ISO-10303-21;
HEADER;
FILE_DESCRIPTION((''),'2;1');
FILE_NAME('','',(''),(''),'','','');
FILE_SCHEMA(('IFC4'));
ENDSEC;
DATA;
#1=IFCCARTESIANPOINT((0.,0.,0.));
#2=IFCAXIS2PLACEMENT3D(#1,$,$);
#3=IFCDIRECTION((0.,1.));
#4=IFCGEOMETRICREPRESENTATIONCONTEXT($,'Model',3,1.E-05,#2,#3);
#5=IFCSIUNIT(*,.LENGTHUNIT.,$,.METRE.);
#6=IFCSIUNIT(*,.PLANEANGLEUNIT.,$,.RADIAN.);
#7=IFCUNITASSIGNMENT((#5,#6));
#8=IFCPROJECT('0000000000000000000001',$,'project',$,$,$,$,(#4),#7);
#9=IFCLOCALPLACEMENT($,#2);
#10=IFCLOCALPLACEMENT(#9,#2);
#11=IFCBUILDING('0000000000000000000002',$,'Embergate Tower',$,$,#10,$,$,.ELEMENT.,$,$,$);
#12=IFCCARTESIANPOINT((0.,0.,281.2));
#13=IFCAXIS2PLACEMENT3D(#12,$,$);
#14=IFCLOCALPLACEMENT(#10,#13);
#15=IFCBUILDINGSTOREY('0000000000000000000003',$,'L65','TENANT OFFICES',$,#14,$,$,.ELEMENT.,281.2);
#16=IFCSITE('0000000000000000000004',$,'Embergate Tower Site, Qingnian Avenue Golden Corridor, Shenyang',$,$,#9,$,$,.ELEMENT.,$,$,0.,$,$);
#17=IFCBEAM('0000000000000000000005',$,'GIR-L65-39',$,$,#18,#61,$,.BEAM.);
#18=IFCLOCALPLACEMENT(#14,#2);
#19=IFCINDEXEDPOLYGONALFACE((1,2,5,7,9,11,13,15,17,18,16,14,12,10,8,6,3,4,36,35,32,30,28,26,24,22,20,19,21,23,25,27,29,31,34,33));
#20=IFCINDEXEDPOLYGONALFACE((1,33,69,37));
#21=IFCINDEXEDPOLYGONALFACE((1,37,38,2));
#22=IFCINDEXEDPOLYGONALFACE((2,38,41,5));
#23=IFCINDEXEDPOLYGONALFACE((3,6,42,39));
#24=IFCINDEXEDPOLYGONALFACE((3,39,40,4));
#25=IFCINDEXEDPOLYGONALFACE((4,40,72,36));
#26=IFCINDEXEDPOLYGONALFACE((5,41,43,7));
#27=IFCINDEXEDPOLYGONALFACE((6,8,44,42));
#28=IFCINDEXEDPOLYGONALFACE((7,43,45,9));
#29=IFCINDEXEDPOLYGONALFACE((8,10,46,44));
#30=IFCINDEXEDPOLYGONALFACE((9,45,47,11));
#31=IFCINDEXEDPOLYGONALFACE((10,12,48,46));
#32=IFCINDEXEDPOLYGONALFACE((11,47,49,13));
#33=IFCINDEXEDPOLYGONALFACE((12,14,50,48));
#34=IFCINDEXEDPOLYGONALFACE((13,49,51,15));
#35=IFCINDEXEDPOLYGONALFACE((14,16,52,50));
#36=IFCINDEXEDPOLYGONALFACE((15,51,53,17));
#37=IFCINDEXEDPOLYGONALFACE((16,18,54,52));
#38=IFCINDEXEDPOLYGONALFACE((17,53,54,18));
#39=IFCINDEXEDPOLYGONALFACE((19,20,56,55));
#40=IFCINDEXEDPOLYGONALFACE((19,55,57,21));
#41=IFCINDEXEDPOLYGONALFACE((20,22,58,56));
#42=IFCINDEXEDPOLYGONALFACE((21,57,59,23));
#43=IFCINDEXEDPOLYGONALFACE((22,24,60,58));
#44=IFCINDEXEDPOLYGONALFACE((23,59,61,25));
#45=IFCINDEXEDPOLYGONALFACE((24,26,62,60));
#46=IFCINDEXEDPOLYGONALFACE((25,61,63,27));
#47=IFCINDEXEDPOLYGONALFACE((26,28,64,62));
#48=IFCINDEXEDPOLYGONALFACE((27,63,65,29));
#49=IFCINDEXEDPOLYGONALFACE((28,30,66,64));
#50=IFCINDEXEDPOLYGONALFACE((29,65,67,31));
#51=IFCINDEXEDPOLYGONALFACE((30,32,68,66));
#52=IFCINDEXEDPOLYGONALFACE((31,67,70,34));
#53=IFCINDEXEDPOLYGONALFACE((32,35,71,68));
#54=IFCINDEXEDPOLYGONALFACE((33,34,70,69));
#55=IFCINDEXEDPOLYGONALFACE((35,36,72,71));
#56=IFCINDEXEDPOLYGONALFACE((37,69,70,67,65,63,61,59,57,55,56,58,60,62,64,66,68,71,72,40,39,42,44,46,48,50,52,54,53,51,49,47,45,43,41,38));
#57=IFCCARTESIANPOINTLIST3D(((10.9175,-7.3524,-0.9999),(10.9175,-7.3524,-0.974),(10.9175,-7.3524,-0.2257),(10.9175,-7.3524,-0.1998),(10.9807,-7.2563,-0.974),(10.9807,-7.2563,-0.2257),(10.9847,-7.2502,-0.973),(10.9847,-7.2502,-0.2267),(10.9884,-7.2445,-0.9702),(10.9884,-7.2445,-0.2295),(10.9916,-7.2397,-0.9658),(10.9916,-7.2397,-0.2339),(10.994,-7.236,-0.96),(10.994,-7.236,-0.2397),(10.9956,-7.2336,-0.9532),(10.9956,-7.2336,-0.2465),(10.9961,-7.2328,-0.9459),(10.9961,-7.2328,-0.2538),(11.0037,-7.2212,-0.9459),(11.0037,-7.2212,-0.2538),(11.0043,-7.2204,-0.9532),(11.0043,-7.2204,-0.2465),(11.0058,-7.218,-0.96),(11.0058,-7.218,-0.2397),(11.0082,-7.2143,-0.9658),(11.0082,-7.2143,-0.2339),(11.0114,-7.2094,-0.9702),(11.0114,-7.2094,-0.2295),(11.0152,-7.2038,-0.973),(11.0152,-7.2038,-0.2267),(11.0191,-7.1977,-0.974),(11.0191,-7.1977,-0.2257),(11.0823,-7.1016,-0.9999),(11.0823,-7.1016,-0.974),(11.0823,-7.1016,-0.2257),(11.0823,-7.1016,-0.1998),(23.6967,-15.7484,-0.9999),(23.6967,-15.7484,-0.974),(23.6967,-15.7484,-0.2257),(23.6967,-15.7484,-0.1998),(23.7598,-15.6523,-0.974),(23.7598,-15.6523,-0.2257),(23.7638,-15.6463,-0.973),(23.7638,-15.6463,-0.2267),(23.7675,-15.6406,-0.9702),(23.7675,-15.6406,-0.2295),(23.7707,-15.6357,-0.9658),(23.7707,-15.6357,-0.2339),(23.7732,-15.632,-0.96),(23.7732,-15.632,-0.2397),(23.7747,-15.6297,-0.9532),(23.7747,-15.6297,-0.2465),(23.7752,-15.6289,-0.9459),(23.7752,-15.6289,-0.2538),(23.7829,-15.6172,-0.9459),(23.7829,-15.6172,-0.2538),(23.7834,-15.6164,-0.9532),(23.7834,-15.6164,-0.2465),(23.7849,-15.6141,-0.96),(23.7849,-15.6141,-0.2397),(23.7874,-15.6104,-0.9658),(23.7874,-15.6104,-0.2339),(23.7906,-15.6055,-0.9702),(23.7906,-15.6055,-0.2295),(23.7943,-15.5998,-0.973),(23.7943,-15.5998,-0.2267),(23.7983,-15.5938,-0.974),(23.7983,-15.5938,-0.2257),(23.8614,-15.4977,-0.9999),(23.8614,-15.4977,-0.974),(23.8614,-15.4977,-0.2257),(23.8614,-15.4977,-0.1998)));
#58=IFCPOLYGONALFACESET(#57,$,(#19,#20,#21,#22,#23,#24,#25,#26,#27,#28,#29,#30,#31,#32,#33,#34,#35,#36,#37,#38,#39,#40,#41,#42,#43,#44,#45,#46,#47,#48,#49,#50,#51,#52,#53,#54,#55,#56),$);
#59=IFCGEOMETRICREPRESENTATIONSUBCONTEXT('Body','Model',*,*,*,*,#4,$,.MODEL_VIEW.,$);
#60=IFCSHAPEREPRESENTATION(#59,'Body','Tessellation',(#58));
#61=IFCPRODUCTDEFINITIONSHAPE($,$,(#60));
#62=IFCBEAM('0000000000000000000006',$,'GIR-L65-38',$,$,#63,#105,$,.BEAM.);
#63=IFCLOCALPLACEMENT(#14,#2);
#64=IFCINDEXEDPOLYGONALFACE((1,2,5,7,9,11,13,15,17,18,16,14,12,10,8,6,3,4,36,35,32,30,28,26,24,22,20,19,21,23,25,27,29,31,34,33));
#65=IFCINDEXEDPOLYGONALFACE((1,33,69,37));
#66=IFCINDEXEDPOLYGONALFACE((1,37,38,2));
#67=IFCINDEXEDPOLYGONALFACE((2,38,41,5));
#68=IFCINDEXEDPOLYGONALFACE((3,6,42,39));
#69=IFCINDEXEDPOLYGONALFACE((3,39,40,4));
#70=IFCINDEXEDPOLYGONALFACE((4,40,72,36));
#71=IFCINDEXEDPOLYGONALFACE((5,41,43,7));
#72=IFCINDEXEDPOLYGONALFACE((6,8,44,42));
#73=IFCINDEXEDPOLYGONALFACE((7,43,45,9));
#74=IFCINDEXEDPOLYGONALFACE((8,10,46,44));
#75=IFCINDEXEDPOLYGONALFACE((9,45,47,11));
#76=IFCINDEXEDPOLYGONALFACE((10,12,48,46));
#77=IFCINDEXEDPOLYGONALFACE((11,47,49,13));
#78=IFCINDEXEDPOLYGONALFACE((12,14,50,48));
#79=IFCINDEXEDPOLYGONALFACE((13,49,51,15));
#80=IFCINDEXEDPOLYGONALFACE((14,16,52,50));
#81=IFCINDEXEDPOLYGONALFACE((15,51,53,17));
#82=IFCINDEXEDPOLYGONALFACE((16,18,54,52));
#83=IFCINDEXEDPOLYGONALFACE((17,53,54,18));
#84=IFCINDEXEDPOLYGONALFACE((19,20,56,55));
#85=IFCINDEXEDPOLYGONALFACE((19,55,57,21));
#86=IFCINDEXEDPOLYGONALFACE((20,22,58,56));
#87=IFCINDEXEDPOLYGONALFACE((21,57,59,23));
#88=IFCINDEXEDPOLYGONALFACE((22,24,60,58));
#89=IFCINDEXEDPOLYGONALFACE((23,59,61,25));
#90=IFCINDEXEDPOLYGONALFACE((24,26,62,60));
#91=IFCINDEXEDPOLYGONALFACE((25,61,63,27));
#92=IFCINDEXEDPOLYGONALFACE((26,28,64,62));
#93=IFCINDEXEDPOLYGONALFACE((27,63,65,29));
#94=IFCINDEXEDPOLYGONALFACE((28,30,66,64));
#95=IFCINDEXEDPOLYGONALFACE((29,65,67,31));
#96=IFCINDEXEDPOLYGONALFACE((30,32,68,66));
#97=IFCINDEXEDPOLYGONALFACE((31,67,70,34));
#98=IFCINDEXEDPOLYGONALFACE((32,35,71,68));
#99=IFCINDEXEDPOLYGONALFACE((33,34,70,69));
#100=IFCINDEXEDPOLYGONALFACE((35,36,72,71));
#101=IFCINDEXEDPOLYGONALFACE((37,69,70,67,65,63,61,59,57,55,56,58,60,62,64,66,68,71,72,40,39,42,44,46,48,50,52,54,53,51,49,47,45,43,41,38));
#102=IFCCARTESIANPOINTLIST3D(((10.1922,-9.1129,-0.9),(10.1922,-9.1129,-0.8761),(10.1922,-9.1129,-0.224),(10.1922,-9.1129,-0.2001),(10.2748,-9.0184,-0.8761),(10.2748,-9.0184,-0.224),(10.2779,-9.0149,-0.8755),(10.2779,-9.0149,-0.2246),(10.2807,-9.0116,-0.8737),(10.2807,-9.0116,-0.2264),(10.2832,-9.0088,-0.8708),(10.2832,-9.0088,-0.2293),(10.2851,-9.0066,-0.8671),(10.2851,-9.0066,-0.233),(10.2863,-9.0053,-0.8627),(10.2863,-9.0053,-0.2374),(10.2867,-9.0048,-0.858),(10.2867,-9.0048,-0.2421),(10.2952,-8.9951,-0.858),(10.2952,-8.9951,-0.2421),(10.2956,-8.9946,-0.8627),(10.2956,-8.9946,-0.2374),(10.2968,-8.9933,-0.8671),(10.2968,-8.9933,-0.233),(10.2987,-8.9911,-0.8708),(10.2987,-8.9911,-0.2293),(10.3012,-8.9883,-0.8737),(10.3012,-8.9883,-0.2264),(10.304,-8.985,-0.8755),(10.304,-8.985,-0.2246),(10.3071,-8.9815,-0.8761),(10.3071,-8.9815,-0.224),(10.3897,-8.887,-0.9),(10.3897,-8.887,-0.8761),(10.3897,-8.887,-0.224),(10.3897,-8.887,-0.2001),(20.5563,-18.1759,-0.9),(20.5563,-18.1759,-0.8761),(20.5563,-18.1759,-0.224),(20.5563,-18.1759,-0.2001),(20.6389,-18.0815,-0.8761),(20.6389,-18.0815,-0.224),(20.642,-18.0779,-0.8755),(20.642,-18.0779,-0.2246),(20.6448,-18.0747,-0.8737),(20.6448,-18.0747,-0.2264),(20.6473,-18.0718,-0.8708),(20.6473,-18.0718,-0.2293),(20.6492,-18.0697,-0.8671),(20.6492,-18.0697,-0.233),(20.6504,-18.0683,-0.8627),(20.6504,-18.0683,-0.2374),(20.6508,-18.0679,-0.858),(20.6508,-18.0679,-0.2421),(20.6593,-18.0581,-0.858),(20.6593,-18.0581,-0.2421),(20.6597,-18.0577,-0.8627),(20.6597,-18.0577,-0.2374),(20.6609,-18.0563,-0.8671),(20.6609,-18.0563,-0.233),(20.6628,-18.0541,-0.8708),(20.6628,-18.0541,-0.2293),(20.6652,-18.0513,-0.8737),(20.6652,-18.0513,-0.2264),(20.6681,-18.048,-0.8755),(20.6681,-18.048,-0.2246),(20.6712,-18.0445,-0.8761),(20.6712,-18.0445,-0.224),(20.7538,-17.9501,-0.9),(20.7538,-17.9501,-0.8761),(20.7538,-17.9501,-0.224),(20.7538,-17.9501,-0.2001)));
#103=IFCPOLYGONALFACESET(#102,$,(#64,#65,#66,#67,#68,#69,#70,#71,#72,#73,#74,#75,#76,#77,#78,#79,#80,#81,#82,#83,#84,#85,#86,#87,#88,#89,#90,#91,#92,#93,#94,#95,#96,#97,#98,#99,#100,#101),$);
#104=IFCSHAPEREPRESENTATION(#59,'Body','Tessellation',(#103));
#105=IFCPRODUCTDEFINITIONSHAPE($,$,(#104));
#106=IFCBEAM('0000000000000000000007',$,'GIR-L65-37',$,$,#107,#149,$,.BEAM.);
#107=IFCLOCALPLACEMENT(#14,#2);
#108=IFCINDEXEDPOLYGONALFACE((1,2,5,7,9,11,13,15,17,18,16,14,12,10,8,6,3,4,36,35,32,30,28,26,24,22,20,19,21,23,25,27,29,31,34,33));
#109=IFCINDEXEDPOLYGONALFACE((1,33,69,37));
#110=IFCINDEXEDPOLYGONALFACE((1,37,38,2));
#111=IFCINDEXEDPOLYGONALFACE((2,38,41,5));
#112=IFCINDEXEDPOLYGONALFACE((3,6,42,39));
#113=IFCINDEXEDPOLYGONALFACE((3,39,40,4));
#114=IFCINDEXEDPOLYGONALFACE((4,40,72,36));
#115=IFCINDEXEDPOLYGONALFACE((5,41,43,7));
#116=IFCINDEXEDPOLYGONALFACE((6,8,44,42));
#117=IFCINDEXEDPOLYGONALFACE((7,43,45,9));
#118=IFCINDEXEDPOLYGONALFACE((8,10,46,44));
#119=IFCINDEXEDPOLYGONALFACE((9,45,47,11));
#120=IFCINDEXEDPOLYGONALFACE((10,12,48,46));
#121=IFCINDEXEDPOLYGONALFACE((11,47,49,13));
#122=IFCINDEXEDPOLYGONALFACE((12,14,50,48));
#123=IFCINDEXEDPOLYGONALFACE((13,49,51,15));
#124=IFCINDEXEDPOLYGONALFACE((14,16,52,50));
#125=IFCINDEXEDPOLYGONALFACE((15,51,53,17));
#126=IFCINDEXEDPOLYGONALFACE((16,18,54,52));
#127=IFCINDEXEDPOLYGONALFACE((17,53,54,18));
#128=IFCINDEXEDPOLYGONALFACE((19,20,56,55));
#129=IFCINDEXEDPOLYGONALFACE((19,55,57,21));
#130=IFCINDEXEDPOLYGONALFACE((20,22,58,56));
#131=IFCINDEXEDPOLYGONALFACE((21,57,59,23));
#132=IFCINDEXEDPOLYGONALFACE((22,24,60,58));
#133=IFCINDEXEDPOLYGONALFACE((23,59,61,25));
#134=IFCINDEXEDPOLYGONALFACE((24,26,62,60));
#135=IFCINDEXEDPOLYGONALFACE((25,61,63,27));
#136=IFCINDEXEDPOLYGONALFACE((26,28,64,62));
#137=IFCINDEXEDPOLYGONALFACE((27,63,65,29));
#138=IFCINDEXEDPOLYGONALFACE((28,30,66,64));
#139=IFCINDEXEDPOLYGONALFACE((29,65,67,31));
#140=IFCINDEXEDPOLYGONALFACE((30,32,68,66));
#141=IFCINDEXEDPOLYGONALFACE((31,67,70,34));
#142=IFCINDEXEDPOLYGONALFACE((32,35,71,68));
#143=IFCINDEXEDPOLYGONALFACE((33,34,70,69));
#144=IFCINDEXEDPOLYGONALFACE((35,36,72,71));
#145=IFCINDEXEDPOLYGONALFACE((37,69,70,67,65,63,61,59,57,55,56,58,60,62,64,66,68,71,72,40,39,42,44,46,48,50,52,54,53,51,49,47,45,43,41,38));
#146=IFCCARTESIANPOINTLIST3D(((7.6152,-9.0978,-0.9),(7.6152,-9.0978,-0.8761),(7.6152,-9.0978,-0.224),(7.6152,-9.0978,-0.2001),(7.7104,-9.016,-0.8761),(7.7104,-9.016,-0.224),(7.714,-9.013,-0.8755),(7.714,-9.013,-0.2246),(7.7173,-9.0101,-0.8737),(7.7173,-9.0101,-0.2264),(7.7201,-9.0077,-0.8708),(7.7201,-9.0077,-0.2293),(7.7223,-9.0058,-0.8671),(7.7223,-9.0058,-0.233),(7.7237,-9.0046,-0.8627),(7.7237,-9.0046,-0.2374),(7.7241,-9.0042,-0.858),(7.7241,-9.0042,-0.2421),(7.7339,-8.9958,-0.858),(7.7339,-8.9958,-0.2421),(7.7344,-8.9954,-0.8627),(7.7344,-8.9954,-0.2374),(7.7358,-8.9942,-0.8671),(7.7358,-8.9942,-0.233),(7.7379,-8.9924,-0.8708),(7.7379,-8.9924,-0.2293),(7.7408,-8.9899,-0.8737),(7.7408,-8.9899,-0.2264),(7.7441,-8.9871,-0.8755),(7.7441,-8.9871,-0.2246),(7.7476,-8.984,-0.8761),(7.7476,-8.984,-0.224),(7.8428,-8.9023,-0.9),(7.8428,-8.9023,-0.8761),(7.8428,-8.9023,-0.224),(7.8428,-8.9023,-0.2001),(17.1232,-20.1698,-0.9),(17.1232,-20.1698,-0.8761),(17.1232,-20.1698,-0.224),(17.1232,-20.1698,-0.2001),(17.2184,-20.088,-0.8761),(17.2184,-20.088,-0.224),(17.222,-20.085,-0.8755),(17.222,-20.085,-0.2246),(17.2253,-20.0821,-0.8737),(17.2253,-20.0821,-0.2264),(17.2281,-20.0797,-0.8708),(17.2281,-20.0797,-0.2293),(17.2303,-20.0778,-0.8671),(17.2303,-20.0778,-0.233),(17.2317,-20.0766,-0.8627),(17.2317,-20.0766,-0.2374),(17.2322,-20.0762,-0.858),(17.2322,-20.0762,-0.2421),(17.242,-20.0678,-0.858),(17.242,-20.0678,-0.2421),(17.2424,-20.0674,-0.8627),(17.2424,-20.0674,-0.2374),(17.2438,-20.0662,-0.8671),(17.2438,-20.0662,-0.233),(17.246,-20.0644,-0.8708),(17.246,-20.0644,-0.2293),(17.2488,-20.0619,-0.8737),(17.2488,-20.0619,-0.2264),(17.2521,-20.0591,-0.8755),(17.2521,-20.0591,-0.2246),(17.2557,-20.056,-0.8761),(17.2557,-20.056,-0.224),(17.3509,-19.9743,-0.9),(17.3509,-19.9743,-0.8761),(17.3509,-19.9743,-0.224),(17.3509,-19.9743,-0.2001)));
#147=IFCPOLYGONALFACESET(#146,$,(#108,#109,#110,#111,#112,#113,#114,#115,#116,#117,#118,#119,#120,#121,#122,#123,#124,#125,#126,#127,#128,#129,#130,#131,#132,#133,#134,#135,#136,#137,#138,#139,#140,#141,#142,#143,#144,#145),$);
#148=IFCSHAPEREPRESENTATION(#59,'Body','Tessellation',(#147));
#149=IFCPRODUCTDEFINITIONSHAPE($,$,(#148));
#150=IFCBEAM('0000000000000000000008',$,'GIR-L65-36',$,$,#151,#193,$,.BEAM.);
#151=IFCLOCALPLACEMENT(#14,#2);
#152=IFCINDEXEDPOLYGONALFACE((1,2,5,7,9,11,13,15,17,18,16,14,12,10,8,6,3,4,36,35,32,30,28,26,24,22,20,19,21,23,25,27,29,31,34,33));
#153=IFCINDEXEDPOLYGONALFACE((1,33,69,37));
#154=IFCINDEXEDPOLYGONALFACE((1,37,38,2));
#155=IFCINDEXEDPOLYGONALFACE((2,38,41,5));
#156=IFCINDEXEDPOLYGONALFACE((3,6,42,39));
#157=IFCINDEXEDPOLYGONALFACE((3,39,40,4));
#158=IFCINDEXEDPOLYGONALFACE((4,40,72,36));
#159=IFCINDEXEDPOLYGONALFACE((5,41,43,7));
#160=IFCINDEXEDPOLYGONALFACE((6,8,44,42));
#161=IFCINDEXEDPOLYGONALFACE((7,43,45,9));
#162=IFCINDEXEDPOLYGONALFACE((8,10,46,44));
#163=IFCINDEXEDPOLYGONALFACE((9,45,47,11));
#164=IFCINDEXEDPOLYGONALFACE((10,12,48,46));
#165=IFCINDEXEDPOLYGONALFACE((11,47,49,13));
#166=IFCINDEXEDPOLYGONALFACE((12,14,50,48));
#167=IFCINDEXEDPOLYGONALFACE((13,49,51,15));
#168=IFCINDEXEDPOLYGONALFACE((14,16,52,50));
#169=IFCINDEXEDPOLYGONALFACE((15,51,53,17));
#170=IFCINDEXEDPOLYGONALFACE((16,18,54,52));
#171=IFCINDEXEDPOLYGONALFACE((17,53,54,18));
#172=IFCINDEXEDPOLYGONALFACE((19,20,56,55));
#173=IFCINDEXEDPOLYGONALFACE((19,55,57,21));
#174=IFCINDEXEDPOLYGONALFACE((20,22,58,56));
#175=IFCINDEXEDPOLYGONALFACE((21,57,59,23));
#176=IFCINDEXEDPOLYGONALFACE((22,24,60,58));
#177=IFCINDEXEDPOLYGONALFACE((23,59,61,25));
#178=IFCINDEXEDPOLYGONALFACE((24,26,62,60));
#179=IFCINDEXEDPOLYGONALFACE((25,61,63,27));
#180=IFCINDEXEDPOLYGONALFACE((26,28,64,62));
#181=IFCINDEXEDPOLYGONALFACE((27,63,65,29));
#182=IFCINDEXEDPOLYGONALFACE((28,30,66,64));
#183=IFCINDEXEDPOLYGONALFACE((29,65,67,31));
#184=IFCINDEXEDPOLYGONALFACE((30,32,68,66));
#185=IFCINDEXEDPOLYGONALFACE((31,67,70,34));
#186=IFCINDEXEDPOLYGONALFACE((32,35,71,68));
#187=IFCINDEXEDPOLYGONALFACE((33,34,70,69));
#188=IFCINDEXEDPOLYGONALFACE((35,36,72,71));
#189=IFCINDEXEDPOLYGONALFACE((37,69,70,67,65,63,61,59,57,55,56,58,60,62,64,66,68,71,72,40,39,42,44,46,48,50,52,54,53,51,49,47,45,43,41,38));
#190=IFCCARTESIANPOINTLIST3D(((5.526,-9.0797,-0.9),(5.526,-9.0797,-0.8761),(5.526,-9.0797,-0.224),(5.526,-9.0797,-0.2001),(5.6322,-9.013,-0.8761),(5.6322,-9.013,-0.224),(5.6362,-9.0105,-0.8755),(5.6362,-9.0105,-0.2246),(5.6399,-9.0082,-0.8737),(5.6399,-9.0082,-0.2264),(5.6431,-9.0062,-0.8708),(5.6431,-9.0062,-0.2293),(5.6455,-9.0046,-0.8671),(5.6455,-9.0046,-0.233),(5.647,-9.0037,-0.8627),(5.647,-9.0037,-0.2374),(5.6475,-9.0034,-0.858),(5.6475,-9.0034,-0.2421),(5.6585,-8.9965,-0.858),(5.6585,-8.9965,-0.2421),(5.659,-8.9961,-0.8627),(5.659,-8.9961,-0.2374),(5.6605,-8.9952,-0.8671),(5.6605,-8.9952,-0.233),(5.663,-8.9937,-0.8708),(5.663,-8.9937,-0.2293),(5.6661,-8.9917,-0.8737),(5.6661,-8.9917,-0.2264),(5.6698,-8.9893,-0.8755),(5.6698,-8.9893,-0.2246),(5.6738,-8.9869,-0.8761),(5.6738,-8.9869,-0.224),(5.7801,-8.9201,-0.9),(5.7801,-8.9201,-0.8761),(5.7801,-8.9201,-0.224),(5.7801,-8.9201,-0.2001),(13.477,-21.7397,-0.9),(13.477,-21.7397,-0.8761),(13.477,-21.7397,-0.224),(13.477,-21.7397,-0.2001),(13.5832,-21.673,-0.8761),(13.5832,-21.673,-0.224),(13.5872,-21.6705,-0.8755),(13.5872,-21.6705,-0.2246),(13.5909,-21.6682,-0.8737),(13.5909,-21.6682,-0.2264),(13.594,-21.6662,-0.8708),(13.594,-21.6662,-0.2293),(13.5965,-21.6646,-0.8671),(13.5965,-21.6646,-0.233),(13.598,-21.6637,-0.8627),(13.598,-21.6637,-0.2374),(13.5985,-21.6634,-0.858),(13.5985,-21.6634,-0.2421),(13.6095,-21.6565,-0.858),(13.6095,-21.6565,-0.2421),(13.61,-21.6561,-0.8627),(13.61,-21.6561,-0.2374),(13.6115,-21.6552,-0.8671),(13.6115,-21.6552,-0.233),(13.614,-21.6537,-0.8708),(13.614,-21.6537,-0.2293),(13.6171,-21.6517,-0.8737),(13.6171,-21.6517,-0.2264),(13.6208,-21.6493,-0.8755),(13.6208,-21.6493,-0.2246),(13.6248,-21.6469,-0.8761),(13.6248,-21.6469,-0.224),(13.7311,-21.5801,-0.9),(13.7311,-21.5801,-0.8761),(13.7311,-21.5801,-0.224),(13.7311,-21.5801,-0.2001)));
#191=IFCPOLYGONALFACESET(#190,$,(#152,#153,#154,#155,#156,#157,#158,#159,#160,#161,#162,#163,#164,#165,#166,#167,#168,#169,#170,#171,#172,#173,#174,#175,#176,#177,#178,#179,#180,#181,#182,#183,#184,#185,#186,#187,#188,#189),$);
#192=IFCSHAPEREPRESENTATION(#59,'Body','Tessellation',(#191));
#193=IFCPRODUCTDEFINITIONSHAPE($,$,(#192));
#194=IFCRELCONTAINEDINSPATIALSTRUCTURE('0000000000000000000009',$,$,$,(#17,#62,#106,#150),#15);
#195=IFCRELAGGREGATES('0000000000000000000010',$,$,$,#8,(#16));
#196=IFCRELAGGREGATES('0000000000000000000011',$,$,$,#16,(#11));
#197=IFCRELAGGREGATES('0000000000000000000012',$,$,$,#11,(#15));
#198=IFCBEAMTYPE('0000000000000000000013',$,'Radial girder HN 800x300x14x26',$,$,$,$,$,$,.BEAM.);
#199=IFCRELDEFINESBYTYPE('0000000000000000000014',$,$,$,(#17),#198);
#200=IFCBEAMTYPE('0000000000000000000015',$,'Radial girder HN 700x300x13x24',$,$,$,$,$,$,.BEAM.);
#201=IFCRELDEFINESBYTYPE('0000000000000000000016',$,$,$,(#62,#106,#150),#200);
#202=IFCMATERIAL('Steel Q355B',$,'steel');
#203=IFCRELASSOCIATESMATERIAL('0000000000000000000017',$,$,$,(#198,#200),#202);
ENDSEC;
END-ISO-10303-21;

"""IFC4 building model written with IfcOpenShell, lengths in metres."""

from ifc_helpers import new_model, si_unit, direction, frame, origin, origin_2d, place, context, subcontext, project, spatial, i_section, extrude, source, transform, mapped, material, material_profile, profile_set, type_object, element, save


model = new_model("IFC4")

# Units and contexts
model_context = context("Model", 3, precision=1e-05, world=origin(), true_north=direction((0.0, 1.0)))
body_context = subcontext(model_context, "Body", "Model", "MODEL_VIEW")
ifc_project = project(units=[si_unit("LENGTHUNIT", "METRE"), si_unit("PLANEANGLEUNIT", "RADIAN")], contexts=[model_context])

# Site, building, storey
site_placement = place(None, origin())
site = spatial("IfcSite", under=ifc_project, at=site_placement, Name="Embergate Tower Site, Qingnian Avenue Golden Corridor, Shenyang", CompositionType="ELEMENT", RefElevation=0.0)
building_placement = place(site_placement, origin())
building = spatial("IfcBuilding", under=site, at=building_placement, Name="Embergate Tower", CompositionType="ELEMENT")
storey_placement = place(building_placement, frame((0.0, 0.0, 281.2)))
storey = spatial("IfcBuildingStorey", under=building, at=storey_placement, Name="L65", Description="TENANT OFFICES", CompositionType="ELEMENT", Elevation=281.2)

# Beams
ifc_material_1 = material(Name="Steel Q355B", Category="steel")
ifc_material_profile_1 = material_profile(ifc_material_1, i_section(OverallWidth=0.3, OverallDepth=0.8, WebThickness=0.0139, FlangeThickness=0.0259, FilletRadius=0.0281, at=origin_2d()), Name="HN 800x300x14x26")
ifc_profile_set_1 = profile_set([ifc_material_profile_1], Name="Steel Q355 grade B")
beam_type_1 = type_object("IfcBeamType", Name="Radial girder HN 800x300x14x26", PredefinedType="BEAM", material=ifc_profile_set_1)
shared_shape_1 = source(origin(), body_context, "Body", "SweptSolid", [
    extrude(i_section(OverallWidth=0.3, OverallDepth=0.8, WebThickness=0.0139, FlangeThickness=0.0259, FilletRadius=0.0281, at=origin_2d()), origin(), (0.0, 0.0, 1.0), 15.2905),
])
beam_1_placement = place(storey_placement, frame((23.7791, -15.623, -0.5999), z_axis=(-0.835756, 0.549102, 0.0), x_axis=(-0.549102, -0.835756, 0.0)))
element("IfcBeam", 1, at=beam_1_placement, inside=storey, type_object=beam_type_1, Name="GIR-L65-39", PredefinedType="BEAM", context=body_context, shape_type="MappedRepresentation", body=[
    mapped(shared_shape_1, transform((0.0, 0.0, 0.0))),
])
ifc_material_profile_2 = material_profile(ifc_material_1, i_section(OverallWidth=0.3, OverallDepth=0.7, WebThickness=0.0129, FlangeThickness=0.0239, FilletRadius=0.0181, at=origin_2d()), Name="HN 700x300x13x24")
ifc_profile_set_2 = profile_set([ifc_material_profile_2], Name="Steel Q355 grade B")
beam_type_2 = type_object("IfcBeamType", Name="Radial girder HN 700x300x13x24", PredefinedType="BEAM", material=ifc_profile_set_2)
shared_shape_2 = source(origin(), body_context, "Body", "SweptSolid", [
    extrude(i_section(OverallWidth=0.3, OverallDepth=0.7, WebThickness=0.0129, FlangeThickness=0.0239, FilletRadius=0.0181, at=origin_2d()), origin(), (0.0, 0.0, 1.0), 13.7678),
])
beam_2_placement = place(storey_placement, frame((20.655, -18.063, -0.55), z_axis=(-0.752775, 0.658277, 0.0), x_axis=(-0.658277, -0.752775, 0.0)))
element("IfcBeam", 2, at=beam_2_placement, inside=storey, type_object=beam_type_2, Name="GIR-L65-38", PredefinedType="BEAM", context=body_context, shape_type="MappedRepresentation", body=[
    mapped(shared_shape_2, transform((0.0, 0.0, 0.0))),
])
shared_shape_3 = source(origin(), body_context, "Body", "SweptSolid", [
    extrude(i_section(OverallWidth=0.3, OverallDepth=0.7, WebThickness=0.0129, FlangeThickness=0.0239, FilletRadius=0.0181, at=origin_2d()), origin(), (0.0, 0.0, 1.0), 14.5942),
])
beam_3_placement = place(storey_placement, frame((17.2371, -20.072, -0.55), z_axis=(-0.651492, 0.758655, 0.0), x_axis=(-0.758655, -0.651492, 0.0)))
element("IfcBeam", 3, at=beam_3_placement, inside=storey, type_object=beam_type_2, Name="GIR-L65-37", PredefinedType="BEAM", context=body_context, shape_type="MappedRepresentation", body=[
    mapped(shared_shape_3, transform((0.0, 0.0, 0.0))),
])
shared_shape_4 = source(origin(), body_context, "Body", "SweptSolid", [
    extrude(i_section(OverallWidth=0.3, OverallDepth=0.7, WebThickness=0.0129, FlangeThickness=0.0239, FilletRadius=0.0181, at=origin_2d()), origin(), (0.0, 0.0, 1.0), 14.9497),
])
beam_4_placement = place(storey_placement, frame((13.604, -21.6599, -0.55), z_axis=(-0.531849, 0.846839, 0.0), x_axis=(-0.846839, -0.531849, 0.0)))
element("IfcBeam", 4, at=beam_4_placement, inside=storey, type_object=beam_type_2, Name="GIR-L65-36", PredefinedType="BEAM", context=body_context, shape_type="MappedRepresentation", body=[
    mapped(shared_shape_4, transform((0.0, 0.0, 0.0))),
])

save(model, "model.ifc")
